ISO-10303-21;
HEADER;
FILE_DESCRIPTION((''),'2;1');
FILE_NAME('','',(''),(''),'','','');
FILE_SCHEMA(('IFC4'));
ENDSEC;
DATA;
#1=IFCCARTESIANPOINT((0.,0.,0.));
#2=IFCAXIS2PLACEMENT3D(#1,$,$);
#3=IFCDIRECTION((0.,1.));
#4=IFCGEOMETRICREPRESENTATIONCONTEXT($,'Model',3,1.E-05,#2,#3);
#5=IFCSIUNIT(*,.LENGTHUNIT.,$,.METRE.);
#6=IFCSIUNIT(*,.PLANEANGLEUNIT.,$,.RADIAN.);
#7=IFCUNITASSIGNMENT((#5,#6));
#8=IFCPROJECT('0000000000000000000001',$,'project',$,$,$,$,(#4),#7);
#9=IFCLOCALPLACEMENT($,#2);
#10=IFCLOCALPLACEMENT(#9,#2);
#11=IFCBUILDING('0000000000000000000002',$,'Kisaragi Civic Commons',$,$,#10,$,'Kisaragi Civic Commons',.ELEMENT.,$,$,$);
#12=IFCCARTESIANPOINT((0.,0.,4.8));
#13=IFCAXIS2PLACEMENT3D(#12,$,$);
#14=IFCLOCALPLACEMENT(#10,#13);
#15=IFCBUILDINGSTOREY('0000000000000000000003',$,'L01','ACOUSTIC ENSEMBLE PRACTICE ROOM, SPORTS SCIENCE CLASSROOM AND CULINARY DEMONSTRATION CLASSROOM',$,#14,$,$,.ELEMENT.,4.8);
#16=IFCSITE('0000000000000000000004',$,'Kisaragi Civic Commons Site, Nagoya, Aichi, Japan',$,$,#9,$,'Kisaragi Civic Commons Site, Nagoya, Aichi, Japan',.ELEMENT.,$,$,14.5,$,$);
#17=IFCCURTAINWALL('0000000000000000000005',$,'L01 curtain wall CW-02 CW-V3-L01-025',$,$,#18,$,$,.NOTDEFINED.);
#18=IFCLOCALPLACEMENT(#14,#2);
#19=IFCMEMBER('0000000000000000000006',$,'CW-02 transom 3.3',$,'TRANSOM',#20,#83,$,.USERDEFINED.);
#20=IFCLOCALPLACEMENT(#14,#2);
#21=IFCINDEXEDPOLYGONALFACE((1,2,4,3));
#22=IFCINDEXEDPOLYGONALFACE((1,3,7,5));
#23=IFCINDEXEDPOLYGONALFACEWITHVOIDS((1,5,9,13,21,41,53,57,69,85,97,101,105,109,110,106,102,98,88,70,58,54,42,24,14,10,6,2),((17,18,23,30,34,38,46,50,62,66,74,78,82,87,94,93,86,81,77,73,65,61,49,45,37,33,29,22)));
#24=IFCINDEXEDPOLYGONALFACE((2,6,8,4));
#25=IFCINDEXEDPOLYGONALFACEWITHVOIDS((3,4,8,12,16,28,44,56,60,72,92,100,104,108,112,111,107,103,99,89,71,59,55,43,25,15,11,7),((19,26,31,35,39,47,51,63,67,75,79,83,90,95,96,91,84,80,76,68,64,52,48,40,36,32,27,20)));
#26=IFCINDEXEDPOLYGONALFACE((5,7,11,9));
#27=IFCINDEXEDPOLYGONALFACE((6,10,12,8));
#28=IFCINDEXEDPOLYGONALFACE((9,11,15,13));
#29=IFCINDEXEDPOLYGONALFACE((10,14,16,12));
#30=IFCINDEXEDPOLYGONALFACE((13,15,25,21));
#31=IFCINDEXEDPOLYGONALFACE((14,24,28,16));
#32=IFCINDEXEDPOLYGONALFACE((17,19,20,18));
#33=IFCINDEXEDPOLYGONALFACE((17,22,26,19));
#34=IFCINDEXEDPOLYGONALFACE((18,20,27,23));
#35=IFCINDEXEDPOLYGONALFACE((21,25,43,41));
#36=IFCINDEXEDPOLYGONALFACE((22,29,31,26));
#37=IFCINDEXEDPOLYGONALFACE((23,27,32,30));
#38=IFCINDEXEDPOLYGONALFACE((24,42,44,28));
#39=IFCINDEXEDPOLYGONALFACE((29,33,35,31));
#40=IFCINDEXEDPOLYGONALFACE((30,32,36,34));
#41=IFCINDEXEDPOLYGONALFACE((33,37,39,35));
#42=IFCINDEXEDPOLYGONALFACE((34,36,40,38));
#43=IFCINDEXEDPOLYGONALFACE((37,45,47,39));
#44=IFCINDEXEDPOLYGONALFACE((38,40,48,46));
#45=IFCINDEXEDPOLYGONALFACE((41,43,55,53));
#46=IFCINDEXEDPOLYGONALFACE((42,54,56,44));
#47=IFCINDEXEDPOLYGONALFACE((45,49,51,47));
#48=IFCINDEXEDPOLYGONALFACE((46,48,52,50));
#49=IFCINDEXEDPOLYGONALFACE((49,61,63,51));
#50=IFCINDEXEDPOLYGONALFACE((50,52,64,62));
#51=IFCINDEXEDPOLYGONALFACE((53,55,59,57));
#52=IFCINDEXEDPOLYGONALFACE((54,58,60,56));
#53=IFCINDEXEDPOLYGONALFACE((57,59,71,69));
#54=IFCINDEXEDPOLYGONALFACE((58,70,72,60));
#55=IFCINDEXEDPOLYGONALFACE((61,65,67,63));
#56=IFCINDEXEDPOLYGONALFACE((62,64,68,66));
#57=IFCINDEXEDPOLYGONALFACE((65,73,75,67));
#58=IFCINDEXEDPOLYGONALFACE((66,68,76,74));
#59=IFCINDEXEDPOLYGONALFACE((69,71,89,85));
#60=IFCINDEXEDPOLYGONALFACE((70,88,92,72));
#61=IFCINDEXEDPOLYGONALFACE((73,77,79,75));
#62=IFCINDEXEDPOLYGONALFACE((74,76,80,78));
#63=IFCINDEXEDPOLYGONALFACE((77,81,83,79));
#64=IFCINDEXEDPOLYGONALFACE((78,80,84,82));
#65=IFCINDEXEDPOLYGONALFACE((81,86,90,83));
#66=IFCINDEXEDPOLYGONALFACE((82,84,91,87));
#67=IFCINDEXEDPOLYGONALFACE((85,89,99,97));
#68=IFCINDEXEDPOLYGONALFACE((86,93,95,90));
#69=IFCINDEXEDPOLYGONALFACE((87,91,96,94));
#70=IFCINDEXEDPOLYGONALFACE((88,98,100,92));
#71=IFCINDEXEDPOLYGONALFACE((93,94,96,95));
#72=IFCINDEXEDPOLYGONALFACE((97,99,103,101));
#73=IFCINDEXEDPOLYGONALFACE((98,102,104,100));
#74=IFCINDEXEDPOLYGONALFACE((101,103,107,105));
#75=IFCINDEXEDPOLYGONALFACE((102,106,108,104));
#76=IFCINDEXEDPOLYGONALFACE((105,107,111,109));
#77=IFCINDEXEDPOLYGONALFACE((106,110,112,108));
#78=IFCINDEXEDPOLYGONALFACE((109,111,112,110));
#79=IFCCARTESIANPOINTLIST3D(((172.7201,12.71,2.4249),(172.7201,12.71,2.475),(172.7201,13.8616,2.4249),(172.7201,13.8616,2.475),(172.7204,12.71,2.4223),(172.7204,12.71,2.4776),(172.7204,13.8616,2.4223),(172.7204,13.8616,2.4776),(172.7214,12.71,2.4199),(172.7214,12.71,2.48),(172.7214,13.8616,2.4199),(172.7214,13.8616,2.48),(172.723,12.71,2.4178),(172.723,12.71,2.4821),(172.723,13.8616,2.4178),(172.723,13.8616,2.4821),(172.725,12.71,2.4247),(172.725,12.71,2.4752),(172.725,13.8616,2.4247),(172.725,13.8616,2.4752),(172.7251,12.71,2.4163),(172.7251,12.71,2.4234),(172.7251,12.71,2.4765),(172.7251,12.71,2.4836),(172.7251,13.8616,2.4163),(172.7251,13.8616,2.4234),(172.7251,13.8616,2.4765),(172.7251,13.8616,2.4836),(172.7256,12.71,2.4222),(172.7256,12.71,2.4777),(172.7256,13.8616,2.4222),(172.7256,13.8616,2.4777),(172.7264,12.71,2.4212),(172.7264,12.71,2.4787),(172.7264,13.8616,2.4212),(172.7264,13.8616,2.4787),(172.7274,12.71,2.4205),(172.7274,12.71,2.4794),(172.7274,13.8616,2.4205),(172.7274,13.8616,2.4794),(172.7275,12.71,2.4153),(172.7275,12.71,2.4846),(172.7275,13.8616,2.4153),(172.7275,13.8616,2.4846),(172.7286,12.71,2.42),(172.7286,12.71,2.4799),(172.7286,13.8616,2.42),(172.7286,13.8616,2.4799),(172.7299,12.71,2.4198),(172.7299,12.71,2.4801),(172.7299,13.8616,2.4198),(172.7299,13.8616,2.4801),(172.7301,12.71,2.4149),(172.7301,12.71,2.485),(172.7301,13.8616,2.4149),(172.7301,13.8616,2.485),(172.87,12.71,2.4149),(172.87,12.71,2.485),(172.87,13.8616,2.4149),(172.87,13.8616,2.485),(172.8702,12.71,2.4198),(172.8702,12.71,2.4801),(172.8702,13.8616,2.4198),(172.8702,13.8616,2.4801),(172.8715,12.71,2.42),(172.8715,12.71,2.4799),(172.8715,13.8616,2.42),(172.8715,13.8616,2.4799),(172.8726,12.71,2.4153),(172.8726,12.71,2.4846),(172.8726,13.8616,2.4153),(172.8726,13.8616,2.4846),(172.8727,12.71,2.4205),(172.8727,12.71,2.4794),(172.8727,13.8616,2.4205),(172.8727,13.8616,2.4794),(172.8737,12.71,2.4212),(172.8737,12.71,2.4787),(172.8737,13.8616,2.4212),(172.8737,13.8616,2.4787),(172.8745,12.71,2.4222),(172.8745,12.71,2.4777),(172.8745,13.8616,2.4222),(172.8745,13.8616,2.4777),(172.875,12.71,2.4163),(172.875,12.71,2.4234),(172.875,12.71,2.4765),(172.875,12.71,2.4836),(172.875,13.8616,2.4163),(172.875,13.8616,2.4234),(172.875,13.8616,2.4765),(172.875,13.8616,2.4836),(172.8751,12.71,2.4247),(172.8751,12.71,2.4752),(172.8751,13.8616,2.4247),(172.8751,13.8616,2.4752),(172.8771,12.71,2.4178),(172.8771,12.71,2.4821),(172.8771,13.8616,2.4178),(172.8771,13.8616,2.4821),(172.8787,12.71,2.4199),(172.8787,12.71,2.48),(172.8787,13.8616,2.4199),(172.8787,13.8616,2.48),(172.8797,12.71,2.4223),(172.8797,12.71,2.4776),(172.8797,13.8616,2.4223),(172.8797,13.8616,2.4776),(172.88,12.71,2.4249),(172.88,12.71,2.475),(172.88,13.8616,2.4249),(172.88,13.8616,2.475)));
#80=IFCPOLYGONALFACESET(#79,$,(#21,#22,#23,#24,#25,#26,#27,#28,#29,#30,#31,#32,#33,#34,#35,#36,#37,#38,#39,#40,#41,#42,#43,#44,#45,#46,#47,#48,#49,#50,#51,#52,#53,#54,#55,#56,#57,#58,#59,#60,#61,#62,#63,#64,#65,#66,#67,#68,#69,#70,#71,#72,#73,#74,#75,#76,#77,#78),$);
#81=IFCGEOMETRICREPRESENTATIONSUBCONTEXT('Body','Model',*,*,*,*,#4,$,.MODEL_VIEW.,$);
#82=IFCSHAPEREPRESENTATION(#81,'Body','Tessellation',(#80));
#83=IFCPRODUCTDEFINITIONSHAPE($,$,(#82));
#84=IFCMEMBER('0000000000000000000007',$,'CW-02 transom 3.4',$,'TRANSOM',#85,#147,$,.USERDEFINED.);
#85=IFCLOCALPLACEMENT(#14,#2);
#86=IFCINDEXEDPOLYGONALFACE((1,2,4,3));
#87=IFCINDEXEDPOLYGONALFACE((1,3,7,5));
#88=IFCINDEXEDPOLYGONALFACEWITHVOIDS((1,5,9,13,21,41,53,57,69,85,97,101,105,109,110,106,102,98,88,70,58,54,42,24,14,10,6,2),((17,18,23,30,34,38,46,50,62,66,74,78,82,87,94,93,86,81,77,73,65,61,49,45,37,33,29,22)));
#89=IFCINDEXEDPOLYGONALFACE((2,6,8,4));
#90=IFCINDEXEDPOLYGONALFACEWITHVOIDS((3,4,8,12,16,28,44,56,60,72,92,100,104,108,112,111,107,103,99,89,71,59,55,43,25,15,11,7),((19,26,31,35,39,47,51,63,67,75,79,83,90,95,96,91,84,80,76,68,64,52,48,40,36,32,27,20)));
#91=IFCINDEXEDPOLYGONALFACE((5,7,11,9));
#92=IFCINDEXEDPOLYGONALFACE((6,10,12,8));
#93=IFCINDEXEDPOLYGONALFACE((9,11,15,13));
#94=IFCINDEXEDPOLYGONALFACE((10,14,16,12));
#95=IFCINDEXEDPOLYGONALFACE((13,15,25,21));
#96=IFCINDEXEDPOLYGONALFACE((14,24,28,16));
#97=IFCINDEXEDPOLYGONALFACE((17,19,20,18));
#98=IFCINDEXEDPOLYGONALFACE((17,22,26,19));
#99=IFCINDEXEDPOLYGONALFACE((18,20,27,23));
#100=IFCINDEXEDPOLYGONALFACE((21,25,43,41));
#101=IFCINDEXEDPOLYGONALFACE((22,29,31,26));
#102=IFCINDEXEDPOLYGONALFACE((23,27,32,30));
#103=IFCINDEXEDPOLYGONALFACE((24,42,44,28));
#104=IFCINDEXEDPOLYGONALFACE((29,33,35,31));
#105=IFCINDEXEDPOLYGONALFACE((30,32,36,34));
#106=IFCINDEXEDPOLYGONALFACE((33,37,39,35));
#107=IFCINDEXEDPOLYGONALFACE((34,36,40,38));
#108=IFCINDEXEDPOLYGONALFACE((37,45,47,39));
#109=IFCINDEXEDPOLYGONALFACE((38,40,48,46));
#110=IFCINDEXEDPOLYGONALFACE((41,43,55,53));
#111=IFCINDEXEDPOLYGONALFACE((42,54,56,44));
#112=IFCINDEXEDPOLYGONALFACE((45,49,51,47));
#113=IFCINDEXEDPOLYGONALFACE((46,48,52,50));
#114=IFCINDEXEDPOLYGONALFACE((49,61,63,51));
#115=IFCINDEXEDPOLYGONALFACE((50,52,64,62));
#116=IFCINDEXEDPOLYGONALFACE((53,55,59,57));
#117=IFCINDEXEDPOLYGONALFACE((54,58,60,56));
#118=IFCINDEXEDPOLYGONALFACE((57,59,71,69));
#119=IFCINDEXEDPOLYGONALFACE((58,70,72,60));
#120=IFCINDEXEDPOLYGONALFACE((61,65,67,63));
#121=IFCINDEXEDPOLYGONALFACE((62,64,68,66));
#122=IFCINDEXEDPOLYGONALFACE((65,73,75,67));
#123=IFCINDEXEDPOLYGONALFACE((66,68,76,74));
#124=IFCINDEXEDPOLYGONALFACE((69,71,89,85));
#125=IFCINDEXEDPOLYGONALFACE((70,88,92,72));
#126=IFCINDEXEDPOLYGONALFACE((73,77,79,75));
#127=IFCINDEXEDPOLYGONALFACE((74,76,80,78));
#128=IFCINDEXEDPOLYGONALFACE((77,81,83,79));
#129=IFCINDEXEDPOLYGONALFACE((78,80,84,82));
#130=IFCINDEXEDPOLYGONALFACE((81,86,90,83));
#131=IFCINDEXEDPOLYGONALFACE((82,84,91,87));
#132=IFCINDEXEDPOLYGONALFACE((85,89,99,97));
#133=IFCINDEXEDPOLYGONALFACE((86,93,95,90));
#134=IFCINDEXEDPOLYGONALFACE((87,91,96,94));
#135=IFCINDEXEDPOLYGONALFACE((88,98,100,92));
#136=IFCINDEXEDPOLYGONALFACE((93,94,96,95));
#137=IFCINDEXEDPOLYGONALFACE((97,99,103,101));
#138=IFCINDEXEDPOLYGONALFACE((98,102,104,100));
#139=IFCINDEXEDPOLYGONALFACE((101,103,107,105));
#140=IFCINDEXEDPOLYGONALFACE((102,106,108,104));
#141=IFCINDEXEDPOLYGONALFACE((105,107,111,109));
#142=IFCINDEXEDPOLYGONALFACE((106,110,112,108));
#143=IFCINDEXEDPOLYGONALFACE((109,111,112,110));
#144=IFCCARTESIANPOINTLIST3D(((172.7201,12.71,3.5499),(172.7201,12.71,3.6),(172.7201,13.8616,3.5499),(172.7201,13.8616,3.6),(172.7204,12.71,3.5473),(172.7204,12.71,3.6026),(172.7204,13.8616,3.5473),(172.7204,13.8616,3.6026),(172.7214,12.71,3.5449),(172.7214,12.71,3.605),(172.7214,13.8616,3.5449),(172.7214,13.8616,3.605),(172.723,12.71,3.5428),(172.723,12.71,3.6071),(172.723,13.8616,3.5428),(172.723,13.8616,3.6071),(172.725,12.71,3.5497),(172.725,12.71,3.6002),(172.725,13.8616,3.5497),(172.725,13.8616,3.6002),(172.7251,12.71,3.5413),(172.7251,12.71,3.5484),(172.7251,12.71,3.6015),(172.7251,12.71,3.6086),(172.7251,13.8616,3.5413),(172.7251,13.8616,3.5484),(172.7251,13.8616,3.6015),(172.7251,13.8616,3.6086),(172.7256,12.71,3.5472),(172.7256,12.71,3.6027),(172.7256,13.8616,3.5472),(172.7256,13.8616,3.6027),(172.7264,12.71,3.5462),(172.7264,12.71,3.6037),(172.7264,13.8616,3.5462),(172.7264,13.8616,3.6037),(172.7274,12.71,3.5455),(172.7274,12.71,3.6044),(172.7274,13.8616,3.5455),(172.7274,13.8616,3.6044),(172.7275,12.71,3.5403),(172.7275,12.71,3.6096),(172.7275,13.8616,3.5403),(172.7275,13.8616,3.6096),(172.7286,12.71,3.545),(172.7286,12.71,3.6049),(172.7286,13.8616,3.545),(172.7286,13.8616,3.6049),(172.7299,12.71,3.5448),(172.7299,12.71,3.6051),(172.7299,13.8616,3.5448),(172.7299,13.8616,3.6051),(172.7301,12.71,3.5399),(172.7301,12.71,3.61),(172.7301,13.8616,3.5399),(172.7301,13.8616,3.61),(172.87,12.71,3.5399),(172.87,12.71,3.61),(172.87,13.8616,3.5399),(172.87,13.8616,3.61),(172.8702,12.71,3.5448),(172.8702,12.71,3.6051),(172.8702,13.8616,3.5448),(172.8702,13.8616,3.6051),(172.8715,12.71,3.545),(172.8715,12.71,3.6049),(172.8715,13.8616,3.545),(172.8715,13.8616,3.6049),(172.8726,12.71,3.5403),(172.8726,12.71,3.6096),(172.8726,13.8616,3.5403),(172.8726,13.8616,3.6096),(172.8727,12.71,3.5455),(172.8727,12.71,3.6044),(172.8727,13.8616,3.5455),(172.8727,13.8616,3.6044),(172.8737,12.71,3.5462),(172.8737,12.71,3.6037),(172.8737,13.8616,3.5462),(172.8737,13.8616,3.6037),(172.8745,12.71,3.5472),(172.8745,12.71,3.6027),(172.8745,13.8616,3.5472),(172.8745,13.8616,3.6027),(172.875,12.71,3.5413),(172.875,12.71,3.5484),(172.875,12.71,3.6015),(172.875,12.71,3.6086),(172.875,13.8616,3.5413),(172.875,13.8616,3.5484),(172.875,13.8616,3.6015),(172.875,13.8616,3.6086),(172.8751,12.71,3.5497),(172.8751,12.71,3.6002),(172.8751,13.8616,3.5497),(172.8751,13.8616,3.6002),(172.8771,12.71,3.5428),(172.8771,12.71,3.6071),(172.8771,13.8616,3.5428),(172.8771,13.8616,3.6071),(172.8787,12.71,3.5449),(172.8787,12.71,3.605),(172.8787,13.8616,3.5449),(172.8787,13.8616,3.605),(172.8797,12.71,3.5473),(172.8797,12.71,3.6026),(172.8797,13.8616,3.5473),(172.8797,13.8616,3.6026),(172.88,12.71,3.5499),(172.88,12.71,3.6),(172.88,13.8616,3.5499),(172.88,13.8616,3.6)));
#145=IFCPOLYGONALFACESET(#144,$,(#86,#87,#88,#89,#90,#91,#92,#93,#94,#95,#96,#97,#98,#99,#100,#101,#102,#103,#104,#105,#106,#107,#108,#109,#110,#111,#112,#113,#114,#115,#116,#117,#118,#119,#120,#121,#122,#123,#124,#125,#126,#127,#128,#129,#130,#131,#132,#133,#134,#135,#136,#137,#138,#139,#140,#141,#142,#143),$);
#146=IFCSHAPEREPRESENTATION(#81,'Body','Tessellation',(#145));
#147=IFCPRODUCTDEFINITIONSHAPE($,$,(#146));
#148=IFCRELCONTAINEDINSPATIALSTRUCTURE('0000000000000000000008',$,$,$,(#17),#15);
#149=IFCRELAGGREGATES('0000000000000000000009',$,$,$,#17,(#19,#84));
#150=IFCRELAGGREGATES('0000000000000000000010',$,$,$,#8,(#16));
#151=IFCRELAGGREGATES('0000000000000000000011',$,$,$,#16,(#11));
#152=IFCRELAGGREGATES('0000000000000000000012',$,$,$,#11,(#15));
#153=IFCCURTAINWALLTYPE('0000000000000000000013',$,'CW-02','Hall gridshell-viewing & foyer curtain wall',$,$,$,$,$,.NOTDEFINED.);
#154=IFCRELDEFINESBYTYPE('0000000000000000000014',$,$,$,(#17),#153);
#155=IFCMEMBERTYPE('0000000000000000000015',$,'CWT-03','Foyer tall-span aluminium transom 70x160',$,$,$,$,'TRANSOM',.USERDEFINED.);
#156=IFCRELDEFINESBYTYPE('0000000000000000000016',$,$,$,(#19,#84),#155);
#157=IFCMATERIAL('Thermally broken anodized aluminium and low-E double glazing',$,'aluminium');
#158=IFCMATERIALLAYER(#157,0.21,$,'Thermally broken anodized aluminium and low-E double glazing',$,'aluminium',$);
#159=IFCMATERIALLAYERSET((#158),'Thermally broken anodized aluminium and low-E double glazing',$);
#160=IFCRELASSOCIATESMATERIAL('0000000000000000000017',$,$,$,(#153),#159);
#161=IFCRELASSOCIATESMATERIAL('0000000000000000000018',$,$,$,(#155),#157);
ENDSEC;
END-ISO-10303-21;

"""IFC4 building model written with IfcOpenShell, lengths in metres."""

from ifc_helpers import new_model, si_unit, direction, frame, origin, origin_2d, place, context, subcontext, project, spatial, hollow_rectangle, extrude, material, layer, layer_set, material_profile, profile_set, type_object, element, aggregate, save


model = new_model("IFC4")

# Units and contexts
model_context = context("Model", 3, precision=1e-05, world=origin(), true_north=direction((0.0, 1.0)))
body_context = subcontext(model_context, "Body", "Model", "MODEL_VIEW")
ifc_project = project(units=[si_unit("LENGTHUNIT", "METRE"), si_unit("PLANEANGLEUNIT", "RADIAN")], contexts=[model_context])

# Site, building, storey
site_placement = place(None, origin())
site = spatial("IfcSite", under=ifc_project, at=site_placement, Name="Kisaragi Civic Commons Site, Nagoya, Aichi, Japan", LongName="Kisaragi Civic Commons Site, Nagoya, Aichi, Japan", CompositionType="ELEMENT", RefElevation=14.5)
building_placement = place(site_placement, origin())
building = spatial("IfcBuilding", under=site, at=building_placement, Name="Kisaragi Civic Commons", LongName="Kisaragi Civic Commons", CompositionType="ELEMENT")
storey_placement = place(building_placement, frame((0.0, 0.0, 4.8)))
storey = spatial("IfcBuildingStorey", under=building, at=storey_placement, Name="L01", Description="ACOUSTIC ENSEMBLE PRACTICE ROOM, SPORTS SCIENCE CLASSROOM AND CULINARY DEMONSTRATION CLASSROOM", CompositionType="ELEMENT", Elevation=4.8)

# Curtain wall
ifc_material = material(Name="Thermally broken anodized aluminium and low-E double glazing", Category="aluminium")
ifc_layer_1 = layer(ifc_material, 0.21, Name="Thermally broken anodized aluminium and low-E double glazing", Category="aluminium")
ifc_layer_set_1 = layer_set([ifc_layer_1], Name="Thermally broken anodized aluminium and low-E double glazing")
curtain_wall_type = type_object("IfcCurtainWallType", Name="CW-02", Description="Hall gridshell-viewing & foyer curtain wall", PredefinedType="NOTDEFINED", material=ifc_layer_set_1)
curtain_wall_1_placement = place(storey_placement, origin())
curtain_wall_1 = element("IfcCurtainWall", 1, at=curtain_wall_1_placement, inside=storey, type_object=curtain_wall_type, Name="L01 curtain wall CW-02 CW-V3-L01-025", PredefinedType="NOTDEFINED")

# Members
ifc_material_profile_1 = material_profile(ifc_material, hollow_rectangle(XDim=0.1599, YDim=0.0701, WallThickness=0.0049, InnerFilletRadius=0.0049, OuterFilletRadius=0.01, at=origin_2d()), Name="CWT-70x160x5", Category="aluminium")
ifc_profile_set_1 = profile_set([ifc_material_profile_1], Name="Thermally broken anodized aluminium and low-E double glazing")
member_type_1 = type_object("IfcMemberType", Name="CWT-03", Description="Foyer tall-span aluminium transom 70x160", ElementType="TRANSOM", PredefinedType="USERDEFINED", material=ifc_profile_set_1)
member_1_placement = place(storey_placement, frame((172.8, 13.8616, 2.45), z_axis=(0.0, -1.0, 0.0), x_axis=(1.0, 0.0, 0.0)))
member_1 = element("IfcMember", 2, at=member_1_placement, type_object=member_type_1, Name="CW-02 transom 3.3", ObjectType="TRANSOM", PredefinedType="USERDEFINED", context=body_context, shape_type="SweptSolid", body=[
    extrude(hollow_rectangle(XDim=0.1599, YDim=0.0701, WallThickness=0.0049, InnerFilletRadius=0.0049, OuterFilletRadius=0.01, at=origin_2d()), origin(), (0.0, 0.0, 1.0), 1.1516),
])
member_2_placement = place(storey_placement, frame((172.8, 13.8616, 3.575), z_axis=(0.0, -1.0, 0.0), x_axis=(1.0, 0.0, 0.0)))
member_2 = element("IfcMember", 3, at=member_2_placement, type_object=member_type_1, Name="CW-02 transom 3.4", ObjectType="TRANSOM", PredefinedType="USERDEFINED", context=body_context, shape_type="SweptSolid", body=[
    extrude(hollow_rectangle(XDim=0.1599, YDim=0.0701, WallThickness=0.0049, InnerFilletRadius=0.0049, OuterFilletRadius=0.01, at=origin_2d()), origin(), (0.0, 0.0, 1.0), 1.1516),
])

aggregate(curtain_wall_1, [member_1, member_2])

save(model, "model.ifc")
